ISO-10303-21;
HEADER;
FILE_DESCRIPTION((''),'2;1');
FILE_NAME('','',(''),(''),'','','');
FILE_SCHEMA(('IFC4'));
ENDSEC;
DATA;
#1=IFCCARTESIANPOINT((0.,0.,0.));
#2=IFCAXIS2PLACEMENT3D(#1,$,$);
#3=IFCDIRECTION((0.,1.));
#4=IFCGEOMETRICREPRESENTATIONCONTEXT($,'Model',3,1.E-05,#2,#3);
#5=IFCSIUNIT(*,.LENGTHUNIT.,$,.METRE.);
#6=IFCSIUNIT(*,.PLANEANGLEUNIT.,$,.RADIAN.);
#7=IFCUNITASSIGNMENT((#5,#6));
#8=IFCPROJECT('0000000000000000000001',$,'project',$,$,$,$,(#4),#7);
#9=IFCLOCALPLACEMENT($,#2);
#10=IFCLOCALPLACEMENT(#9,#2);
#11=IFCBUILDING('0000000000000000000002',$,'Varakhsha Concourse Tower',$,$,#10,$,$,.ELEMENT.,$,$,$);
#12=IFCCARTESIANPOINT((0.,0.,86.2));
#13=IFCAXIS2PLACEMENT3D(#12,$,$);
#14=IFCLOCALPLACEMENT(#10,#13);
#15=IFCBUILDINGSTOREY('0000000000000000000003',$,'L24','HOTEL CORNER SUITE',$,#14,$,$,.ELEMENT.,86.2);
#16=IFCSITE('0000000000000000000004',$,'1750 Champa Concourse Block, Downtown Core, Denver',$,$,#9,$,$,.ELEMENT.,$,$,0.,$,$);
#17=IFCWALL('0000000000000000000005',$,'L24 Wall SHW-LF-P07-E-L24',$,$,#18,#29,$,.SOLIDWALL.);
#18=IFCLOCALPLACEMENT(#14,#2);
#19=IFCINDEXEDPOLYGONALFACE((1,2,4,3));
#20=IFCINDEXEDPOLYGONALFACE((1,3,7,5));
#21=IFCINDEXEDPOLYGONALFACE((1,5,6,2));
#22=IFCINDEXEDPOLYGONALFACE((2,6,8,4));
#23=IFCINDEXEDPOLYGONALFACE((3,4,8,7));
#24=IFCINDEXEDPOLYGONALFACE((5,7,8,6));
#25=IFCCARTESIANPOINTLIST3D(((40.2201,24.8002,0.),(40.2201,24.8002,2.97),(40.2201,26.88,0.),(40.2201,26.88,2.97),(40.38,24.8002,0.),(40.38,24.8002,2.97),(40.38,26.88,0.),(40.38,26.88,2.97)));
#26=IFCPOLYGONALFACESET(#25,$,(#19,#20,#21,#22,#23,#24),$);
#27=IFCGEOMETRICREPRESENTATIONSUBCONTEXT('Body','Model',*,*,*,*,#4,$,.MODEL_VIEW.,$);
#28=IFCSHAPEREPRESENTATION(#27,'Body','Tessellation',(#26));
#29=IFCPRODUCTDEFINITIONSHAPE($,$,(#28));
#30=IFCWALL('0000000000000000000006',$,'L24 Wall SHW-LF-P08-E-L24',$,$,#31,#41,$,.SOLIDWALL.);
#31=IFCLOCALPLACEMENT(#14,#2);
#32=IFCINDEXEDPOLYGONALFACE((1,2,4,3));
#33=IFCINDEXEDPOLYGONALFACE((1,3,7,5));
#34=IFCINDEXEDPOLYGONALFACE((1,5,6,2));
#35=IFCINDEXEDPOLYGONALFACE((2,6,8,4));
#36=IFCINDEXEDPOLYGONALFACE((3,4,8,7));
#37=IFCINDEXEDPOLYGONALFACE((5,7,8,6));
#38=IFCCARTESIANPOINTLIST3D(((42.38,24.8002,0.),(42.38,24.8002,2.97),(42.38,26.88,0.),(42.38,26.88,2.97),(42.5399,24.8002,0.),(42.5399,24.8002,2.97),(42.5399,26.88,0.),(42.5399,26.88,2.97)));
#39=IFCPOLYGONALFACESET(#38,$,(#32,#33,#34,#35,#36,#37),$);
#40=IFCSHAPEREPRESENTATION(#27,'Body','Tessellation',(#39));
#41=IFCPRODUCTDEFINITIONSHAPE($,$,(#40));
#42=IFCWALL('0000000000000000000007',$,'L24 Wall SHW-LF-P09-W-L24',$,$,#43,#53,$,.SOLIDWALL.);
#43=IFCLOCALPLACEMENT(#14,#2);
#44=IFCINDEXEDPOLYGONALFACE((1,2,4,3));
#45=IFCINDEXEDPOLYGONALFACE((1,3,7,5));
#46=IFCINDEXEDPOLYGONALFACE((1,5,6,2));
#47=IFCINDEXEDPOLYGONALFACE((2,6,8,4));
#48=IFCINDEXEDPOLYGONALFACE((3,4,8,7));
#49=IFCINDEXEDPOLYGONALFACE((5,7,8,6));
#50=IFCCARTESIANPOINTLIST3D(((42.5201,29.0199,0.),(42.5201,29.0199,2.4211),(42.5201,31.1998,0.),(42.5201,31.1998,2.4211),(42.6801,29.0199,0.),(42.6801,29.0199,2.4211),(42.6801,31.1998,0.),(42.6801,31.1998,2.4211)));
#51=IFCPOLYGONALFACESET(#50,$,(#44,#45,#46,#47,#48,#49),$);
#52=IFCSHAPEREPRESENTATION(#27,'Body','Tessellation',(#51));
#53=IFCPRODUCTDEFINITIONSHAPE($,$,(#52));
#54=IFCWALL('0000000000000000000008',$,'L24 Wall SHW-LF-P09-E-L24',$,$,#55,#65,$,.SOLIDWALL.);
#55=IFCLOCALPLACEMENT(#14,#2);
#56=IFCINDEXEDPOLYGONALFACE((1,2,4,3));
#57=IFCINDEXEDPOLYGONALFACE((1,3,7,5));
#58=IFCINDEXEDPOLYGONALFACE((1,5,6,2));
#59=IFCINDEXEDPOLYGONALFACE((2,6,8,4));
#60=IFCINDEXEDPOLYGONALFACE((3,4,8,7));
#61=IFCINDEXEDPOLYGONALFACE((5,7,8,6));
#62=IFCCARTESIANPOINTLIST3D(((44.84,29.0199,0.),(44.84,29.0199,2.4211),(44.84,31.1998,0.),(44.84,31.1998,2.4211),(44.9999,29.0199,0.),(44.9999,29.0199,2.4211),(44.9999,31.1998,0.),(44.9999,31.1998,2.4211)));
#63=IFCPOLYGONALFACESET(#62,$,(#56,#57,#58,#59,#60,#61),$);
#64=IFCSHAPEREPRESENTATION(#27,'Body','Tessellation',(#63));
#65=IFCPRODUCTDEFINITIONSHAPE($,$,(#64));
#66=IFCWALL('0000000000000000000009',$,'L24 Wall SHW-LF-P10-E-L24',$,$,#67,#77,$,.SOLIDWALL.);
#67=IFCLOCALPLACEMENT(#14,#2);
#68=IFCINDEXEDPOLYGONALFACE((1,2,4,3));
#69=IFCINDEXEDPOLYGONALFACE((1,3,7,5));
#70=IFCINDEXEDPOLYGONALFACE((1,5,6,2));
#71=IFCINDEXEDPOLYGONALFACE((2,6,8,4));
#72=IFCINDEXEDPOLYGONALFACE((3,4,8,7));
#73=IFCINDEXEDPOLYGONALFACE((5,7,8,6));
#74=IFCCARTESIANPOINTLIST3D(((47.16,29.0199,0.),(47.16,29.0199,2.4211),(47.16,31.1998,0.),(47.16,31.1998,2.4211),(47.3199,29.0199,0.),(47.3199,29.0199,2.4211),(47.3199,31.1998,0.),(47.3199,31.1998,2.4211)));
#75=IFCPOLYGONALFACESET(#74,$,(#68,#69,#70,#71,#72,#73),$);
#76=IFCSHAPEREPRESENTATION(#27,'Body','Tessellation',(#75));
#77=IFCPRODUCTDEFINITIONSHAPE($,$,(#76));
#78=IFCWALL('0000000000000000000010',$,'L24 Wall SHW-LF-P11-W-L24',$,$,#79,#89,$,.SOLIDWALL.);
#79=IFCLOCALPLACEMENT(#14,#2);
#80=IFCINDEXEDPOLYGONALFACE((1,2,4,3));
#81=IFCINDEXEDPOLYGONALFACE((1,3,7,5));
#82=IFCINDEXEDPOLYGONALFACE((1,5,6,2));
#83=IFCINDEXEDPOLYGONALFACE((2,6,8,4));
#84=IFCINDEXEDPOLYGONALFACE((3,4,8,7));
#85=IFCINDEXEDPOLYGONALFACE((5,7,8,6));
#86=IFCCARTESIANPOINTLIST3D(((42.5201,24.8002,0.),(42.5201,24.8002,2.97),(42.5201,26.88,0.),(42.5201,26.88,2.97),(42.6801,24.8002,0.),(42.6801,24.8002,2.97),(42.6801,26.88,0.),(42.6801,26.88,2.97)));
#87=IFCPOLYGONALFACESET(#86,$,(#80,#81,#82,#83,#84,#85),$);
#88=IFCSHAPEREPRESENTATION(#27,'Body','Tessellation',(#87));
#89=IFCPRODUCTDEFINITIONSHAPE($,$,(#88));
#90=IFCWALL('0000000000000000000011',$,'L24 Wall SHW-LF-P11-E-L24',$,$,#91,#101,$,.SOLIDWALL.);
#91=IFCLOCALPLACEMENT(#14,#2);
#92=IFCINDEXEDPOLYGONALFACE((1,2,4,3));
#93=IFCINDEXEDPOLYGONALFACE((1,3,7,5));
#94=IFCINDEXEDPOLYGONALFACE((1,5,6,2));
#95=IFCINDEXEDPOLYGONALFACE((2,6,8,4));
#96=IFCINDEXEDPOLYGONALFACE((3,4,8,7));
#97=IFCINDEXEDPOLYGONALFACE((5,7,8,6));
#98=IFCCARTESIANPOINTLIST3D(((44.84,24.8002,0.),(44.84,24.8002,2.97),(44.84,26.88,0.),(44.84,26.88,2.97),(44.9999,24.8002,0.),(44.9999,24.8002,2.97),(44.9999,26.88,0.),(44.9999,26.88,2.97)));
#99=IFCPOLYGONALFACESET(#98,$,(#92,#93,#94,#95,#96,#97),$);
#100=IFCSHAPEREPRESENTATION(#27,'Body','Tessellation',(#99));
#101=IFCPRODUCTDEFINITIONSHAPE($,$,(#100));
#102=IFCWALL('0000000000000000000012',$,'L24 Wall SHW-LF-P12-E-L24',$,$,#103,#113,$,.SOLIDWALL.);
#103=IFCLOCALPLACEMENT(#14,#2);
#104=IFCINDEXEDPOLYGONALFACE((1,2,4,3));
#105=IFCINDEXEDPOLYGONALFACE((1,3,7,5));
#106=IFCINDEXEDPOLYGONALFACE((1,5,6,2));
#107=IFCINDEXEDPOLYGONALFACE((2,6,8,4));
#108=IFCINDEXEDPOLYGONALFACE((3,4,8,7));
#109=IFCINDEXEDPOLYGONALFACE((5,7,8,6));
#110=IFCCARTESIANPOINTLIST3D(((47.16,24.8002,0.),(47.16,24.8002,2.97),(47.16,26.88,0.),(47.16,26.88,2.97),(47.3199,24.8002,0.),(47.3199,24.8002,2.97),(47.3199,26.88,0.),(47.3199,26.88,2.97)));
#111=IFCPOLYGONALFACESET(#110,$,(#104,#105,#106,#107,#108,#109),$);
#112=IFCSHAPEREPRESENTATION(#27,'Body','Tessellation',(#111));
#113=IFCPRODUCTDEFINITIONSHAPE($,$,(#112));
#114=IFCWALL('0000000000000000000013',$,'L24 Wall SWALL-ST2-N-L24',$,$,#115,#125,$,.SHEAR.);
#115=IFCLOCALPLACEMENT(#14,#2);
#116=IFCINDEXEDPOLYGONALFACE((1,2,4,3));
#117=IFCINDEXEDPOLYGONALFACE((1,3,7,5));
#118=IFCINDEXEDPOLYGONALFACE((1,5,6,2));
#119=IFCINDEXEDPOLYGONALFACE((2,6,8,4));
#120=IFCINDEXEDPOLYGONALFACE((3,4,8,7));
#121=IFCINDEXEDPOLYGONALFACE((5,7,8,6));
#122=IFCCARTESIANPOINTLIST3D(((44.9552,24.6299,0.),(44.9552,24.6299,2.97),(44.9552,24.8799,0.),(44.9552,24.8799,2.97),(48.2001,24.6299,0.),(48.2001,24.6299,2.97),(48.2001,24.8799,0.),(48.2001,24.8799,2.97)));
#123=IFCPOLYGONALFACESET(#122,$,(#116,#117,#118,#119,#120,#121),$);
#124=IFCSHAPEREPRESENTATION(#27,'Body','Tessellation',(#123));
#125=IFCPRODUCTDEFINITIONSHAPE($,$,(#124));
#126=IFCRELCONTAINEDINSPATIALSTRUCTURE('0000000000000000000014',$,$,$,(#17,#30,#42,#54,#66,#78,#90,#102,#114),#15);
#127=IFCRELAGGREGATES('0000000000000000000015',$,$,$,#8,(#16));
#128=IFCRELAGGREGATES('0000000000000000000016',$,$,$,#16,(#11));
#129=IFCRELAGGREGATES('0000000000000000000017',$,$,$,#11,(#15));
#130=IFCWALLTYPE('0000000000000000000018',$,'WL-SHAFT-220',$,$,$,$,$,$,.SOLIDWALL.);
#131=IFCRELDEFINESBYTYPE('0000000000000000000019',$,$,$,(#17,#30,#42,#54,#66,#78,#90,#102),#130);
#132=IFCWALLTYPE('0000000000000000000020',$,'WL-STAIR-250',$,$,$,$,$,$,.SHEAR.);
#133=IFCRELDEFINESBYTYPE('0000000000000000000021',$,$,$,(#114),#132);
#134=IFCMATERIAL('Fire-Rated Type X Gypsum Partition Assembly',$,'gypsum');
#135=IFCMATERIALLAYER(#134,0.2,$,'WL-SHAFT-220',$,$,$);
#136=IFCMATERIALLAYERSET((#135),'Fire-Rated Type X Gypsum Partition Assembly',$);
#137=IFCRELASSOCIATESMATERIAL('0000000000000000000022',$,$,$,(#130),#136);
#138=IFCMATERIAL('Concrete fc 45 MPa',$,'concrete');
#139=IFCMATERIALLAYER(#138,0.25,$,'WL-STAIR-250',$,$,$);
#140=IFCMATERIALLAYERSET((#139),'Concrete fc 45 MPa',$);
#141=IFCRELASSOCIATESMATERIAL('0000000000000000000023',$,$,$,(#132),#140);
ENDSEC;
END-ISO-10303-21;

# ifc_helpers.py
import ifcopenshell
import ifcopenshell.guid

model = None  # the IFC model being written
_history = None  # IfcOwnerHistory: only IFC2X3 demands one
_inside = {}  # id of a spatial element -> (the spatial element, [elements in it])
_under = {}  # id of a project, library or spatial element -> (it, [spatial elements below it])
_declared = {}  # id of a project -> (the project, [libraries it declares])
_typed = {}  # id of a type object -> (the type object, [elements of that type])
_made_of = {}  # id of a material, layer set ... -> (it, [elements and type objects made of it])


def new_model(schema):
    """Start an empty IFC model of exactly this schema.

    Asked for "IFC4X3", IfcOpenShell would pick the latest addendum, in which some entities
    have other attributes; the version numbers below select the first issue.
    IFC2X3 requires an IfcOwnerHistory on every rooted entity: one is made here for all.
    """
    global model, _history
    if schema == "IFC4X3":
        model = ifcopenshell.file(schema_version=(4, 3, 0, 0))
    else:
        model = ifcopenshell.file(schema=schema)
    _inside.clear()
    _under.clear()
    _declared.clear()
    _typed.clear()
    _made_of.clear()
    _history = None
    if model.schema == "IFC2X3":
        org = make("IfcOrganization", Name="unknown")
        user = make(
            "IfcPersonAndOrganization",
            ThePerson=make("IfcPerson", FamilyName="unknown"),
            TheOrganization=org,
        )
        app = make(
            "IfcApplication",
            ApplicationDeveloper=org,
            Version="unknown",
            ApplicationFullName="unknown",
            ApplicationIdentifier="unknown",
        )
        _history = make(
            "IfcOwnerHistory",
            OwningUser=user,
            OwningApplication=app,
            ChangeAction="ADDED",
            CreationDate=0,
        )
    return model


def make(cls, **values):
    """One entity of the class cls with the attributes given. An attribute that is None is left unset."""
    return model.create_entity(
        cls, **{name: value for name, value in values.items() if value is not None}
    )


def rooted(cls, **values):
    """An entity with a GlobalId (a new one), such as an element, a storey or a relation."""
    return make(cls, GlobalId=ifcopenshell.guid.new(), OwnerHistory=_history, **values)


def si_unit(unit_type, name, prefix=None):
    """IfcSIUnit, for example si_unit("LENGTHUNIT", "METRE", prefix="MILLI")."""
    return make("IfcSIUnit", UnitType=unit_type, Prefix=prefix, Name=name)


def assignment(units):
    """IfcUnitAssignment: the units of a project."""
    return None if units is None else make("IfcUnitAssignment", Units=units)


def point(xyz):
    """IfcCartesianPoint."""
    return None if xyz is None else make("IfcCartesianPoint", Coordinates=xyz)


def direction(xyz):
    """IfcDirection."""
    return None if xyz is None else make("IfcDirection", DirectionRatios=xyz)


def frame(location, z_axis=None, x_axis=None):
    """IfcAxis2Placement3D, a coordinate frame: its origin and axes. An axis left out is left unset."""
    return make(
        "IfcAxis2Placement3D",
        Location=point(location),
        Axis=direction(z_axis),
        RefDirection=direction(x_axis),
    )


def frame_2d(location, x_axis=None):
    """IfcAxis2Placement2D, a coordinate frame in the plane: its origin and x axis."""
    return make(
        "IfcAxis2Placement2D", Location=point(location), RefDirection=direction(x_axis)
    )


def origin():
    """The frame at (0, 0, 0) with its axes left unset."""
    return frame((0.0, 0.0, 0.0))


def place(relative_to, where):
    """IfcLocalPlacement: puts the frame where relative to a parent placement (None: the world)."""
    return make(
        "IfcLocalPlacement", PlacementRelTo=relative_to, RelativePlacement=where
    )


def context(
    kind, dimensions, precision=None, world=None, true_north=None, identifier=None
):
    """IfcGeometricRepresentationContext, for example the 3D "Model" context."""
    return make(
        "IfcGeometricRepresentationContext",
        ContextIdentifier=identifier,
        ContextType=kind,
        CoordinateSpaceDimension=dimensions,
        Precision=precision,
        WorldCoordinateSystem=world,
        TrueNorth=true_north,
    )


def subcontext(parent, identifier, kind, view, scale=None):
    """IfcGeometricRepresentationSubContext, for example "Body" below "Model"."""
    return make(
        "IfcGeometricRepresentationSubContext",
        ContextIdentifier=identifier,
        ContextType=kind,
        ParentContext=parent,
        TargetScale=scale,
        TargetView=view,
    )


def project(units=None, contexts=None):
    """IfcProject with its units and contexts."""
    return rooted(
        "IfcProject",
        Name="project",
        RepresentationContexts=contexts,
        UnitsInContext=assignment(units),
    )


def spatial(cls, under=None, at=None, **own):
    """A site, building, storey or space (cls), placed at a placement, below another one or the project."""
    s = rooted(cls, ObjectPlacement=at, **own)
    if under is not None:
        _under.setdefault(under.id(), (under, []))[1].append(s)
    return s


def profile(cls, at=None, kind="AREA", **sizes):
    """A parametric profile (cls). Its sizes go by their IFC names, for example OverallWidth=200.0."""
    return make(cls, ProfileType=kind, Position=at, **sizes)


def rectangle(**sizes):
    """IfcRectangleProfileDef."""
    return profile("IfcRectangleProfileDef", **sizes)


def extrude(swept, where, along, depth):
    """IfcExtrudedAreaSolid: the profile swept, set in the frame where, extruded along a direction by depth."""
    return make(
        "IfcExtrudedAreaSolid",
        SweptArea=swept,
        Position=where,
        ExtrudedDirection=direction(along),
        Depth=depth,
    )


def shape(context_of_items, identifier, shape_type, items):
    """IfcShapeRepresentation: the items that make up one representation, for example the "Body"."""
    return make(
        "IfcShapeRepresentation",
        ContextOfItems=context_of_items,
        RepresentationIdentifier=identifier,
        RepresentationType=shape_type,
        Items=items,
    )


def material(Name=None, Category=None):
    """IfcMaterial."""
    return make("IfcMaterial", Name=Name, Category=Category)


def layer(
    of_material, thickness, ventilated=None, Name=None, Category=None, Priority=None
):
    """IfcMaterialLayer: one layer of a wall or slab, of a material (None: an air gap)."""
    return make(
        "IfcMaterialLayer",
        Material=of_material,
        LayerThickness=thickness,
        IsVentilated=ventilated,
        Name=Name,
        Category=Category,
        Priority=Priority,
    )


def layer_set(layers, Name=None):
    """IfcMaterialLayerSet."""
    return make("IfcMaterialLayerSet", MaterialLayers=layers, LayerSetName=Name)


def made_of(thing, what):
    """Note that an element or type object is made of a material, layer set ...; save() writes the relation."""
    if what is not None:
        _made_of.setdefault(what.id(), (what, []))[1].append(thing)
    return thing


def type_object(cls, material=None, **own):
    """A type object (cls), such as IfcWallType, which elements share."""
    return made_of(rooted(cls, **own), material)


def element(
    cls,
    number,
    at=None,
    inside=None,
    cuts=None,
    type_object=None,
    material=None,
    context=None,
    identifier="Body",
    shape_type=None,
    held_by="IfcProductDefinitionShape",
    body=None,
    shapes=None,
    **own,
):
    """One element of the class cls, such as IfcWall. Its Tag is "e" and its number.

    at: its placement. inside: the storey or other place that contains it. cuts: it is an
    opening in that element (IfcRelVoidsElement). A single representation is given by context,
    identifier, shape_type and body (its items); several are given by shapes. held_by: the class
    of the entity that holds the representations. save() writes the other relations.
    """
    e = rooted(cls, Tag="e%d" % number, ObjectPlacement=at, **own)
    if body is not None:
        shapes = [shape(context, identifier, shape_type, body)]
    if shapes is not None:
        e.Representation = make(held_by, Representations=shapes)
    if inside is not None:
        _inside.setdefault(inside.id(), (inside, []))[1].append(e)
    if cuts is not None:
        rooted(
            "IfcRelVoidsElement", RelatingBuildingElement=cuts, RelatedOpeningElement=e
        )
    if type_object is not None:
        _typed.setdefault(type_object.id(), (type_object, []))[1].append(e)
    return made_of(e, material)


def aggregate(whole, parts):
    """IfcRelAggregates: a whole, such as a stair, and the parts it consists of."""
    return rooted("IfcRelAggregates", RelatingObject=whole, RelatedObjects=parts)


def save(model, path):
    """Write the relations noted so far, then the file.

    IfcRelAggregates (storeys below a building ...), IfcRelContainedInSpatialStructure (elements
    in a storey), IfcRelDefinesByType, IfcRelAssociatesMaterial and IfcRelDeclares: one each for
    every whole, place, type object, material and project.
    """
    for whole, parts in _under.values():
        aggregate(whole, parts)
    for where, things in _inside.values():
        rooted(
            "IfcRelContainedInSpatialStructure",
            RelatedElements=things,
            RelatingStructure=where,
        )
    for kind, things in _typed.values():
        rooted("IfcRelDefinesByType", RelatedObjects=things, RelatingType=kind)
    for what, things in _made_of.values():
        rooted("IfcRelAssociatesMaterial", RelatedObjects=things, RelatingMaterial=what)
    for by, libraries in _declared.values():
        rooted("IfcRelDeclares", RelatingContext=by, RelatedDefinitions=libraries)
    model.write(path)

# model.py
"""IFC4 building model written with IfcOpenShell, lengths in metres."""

from ifc_helpers import new_model, si_unit, direction, frame, frame_2d, origin, place, context, subcontext, project, spatial, rectangle, extrude, material, layer, layer_set, type_object, element, save


model = new_model("IFC4")

# Units and contexts
model_context = context("Model", 3, precision=1e-05, world=origin(), true_north=direction((0.0, 1.0)))
body_context = subcontext(model_context, "Body", "Model", "MODEL_VIEW")
ifc_project = project(units=[si_unit("LENGTHUNIT", "METRE"), si_unit("PLANEANGLEUNIT", "RADIAN")], contexts=[model_context])

# Site, building, storey
site_placement = place(None, origin())
site = spatial("IfcSite", under=ifc_project, at=site_placement, Name="1750 Champa Concourse Block, Downtown Core, Denver", CompositionType="ELEMENT", RefElevation=0.0)
building_placement = place(site_placement, origin())
building = spatial("IfcBuilding", under=site, at=building_placement, Name="Varakhsha Concourse Tower", CompositionType="ELEMENT")
storey_placement = place(building_placement, frame((0.0, 0.0, 86.2)))
storey = spatial("IfcBuildingStorey", under=building, at=storey_placement, Name="L24", Description="HOTEL CORNER SUITE", CompositionType="ELEMENT", Elevation=86.2)

# Shared definitions
ifc_material_1 = material(Name="Fire-Rated Type X Gypsum Partition Assembly", Category="gypsum")

# Walls
ifc_layer_1 = layer(ifc_material_1, 0.2, Name="WL-SHAFT-220")
ifc_layer_set_1 = layer_set([ifc_layer_1], Name="Fire-Rated Type X Gypsum Partition Assembly")
wall_type_1 = type_object("IfcWallType", Name="WL-SHAFT-220", PredefinedType="SOLIDWALL", material=ifc_layer_set_1)
for number, where, z_axis, x_axis, name in (
    (1, (40.3, 24.8, 0.0), (0.0, 0.0, 1.0), (0.0, 1.0, 0.0), "L24 Wall SHW-LF-P07-E-L24"),
    (2, (42.46, 24.8, 0.0), (0.0, 0.0, 1.0), (0.0, 1.0, 0.0), "L24 Wall SHW-LF-P08-E-L24"),
):
    element("IfcWall", number, at=place(storey_placement, frame(where, z_axis=z_axis, x_axis=x_axis)), inside=storey, type_object=wall_type_1, Name=name, PredefinedType="SOLIDWALL", context=body_context, shape_type="SweptSolid", body=[
        extrude(rectangle(XDim=2.0798, YDim=0.1599, at=frame_2d((1.04, 0.0))), origin(), (0.0, 0.0, 1.0), 2.97),
    ])
for number, where, z_axis, x_axis, name in (
    (3, (42.6001, 29.02, 0.0), (0.0, 0.0, 1.0), (0.0, 1.0, 0.0), "L24 Wall SHW-LF-P09-W-L24"),
    (4, (44.9199, 29.02, 0.0), (0.0, 0.0, 1.0), (0.0, 1.0, 0.0), "L24 Wall SHW-LF-P09-E-L24"),
    (5, (47.24, 29.02, 0.0), (0.0, 0.0, 1.0), (0.0, 1.0, 0.0), "L24 Wall SHW-LF-P10-E-L24"),
):
    element("IfcWall", number, at=place(storey_placement, frame(where, z_axis=z_axis, x_axis=x_axis)), inside=storey, type_object=wall_type_1, Name=name, PredefinedType="SOLIDWALL", context=body_context, shape_type="SweptSolid", body=[
        extrude(rectangle(XDim=2.1799, YDim=0.1599, at=frame_2d((1.0898, 0.0))), origin(), (0.0, 0.0, 1.0), 2.4211),
    ])
for number, where, z_axis, x_axis, name in (
    (6, (42.6001, 24.8, 0.0), (0.0, 0.0, 1.0), (0.0, 1.0, 0.0), "L24 Wall SHW-LF-P11-W-L24"),
    (7, (44.9199, 24.8, 0.0), (0.0, 0.0, 1.0), (0.0, 1.0, 0.0), "L24 Wall SHW-LF-P11-E-L24"),
    (8, (47.24, 24.8, 0.0), (0.0, 0.0, 1.0), (0.0, 1.0, 0.0), "L24 Wall SHW-LF-P12-E-L24"),
):
    element("IfcWall", number, at=place(storey_placement, frame(where, z_axis=z_axis, x_axis=x_axis)), inside=storey, type_object=wall_type_1, Name=name, PredefinedType="SOLIDWALL", context=body_context, shape_type="SweptSolid", body=[
        extrude(rectangle(XDim=2.0798, YDim=0.1599, at=frame_2d((1.04, 0.0))), origin(), (0.0, 0.0, 1.0), 2.97),
    ])
ifc_material_2 = material(Name="Concrete fc 45 MPa", Category="concrete")
ifc_layer_2 = layer(ifc_material_2, 0.25, Name="WL-STAIR-250")
ifc_layer_set_2 = layer_set([ifc_layer_2], Name="Concrete fc 45 MPa")
wall_type_2 = type_object("IfcWallType", Name="WL-STAIR-250", PredefinedType="SHEAR", material=ifc_layer_set_2)
wall_1_placement = place(storey_placement, frame((44.9551, 24.7549, 0.0), z_axis=(0.0, 0.0, 1.0), x_axis=(1.0, 0.0, 0.0)))
element("IfcWall", 9, at=wall_1_placement, inside=storey, type_object=wall_type_2, Name="L24 Wall SWALL-ST2-N-L24", PredefinedType="SHEAR", context=body_context, shape_type="SweptSolid", body=[
    extrude(rectangle(XDim=3.2449, YDim=0.25, at=frame_2d((1.6226, 0.0))), origin(), (0.0, 0.0, 1.0), 2.97),
])

save(model, "model.ifc")
